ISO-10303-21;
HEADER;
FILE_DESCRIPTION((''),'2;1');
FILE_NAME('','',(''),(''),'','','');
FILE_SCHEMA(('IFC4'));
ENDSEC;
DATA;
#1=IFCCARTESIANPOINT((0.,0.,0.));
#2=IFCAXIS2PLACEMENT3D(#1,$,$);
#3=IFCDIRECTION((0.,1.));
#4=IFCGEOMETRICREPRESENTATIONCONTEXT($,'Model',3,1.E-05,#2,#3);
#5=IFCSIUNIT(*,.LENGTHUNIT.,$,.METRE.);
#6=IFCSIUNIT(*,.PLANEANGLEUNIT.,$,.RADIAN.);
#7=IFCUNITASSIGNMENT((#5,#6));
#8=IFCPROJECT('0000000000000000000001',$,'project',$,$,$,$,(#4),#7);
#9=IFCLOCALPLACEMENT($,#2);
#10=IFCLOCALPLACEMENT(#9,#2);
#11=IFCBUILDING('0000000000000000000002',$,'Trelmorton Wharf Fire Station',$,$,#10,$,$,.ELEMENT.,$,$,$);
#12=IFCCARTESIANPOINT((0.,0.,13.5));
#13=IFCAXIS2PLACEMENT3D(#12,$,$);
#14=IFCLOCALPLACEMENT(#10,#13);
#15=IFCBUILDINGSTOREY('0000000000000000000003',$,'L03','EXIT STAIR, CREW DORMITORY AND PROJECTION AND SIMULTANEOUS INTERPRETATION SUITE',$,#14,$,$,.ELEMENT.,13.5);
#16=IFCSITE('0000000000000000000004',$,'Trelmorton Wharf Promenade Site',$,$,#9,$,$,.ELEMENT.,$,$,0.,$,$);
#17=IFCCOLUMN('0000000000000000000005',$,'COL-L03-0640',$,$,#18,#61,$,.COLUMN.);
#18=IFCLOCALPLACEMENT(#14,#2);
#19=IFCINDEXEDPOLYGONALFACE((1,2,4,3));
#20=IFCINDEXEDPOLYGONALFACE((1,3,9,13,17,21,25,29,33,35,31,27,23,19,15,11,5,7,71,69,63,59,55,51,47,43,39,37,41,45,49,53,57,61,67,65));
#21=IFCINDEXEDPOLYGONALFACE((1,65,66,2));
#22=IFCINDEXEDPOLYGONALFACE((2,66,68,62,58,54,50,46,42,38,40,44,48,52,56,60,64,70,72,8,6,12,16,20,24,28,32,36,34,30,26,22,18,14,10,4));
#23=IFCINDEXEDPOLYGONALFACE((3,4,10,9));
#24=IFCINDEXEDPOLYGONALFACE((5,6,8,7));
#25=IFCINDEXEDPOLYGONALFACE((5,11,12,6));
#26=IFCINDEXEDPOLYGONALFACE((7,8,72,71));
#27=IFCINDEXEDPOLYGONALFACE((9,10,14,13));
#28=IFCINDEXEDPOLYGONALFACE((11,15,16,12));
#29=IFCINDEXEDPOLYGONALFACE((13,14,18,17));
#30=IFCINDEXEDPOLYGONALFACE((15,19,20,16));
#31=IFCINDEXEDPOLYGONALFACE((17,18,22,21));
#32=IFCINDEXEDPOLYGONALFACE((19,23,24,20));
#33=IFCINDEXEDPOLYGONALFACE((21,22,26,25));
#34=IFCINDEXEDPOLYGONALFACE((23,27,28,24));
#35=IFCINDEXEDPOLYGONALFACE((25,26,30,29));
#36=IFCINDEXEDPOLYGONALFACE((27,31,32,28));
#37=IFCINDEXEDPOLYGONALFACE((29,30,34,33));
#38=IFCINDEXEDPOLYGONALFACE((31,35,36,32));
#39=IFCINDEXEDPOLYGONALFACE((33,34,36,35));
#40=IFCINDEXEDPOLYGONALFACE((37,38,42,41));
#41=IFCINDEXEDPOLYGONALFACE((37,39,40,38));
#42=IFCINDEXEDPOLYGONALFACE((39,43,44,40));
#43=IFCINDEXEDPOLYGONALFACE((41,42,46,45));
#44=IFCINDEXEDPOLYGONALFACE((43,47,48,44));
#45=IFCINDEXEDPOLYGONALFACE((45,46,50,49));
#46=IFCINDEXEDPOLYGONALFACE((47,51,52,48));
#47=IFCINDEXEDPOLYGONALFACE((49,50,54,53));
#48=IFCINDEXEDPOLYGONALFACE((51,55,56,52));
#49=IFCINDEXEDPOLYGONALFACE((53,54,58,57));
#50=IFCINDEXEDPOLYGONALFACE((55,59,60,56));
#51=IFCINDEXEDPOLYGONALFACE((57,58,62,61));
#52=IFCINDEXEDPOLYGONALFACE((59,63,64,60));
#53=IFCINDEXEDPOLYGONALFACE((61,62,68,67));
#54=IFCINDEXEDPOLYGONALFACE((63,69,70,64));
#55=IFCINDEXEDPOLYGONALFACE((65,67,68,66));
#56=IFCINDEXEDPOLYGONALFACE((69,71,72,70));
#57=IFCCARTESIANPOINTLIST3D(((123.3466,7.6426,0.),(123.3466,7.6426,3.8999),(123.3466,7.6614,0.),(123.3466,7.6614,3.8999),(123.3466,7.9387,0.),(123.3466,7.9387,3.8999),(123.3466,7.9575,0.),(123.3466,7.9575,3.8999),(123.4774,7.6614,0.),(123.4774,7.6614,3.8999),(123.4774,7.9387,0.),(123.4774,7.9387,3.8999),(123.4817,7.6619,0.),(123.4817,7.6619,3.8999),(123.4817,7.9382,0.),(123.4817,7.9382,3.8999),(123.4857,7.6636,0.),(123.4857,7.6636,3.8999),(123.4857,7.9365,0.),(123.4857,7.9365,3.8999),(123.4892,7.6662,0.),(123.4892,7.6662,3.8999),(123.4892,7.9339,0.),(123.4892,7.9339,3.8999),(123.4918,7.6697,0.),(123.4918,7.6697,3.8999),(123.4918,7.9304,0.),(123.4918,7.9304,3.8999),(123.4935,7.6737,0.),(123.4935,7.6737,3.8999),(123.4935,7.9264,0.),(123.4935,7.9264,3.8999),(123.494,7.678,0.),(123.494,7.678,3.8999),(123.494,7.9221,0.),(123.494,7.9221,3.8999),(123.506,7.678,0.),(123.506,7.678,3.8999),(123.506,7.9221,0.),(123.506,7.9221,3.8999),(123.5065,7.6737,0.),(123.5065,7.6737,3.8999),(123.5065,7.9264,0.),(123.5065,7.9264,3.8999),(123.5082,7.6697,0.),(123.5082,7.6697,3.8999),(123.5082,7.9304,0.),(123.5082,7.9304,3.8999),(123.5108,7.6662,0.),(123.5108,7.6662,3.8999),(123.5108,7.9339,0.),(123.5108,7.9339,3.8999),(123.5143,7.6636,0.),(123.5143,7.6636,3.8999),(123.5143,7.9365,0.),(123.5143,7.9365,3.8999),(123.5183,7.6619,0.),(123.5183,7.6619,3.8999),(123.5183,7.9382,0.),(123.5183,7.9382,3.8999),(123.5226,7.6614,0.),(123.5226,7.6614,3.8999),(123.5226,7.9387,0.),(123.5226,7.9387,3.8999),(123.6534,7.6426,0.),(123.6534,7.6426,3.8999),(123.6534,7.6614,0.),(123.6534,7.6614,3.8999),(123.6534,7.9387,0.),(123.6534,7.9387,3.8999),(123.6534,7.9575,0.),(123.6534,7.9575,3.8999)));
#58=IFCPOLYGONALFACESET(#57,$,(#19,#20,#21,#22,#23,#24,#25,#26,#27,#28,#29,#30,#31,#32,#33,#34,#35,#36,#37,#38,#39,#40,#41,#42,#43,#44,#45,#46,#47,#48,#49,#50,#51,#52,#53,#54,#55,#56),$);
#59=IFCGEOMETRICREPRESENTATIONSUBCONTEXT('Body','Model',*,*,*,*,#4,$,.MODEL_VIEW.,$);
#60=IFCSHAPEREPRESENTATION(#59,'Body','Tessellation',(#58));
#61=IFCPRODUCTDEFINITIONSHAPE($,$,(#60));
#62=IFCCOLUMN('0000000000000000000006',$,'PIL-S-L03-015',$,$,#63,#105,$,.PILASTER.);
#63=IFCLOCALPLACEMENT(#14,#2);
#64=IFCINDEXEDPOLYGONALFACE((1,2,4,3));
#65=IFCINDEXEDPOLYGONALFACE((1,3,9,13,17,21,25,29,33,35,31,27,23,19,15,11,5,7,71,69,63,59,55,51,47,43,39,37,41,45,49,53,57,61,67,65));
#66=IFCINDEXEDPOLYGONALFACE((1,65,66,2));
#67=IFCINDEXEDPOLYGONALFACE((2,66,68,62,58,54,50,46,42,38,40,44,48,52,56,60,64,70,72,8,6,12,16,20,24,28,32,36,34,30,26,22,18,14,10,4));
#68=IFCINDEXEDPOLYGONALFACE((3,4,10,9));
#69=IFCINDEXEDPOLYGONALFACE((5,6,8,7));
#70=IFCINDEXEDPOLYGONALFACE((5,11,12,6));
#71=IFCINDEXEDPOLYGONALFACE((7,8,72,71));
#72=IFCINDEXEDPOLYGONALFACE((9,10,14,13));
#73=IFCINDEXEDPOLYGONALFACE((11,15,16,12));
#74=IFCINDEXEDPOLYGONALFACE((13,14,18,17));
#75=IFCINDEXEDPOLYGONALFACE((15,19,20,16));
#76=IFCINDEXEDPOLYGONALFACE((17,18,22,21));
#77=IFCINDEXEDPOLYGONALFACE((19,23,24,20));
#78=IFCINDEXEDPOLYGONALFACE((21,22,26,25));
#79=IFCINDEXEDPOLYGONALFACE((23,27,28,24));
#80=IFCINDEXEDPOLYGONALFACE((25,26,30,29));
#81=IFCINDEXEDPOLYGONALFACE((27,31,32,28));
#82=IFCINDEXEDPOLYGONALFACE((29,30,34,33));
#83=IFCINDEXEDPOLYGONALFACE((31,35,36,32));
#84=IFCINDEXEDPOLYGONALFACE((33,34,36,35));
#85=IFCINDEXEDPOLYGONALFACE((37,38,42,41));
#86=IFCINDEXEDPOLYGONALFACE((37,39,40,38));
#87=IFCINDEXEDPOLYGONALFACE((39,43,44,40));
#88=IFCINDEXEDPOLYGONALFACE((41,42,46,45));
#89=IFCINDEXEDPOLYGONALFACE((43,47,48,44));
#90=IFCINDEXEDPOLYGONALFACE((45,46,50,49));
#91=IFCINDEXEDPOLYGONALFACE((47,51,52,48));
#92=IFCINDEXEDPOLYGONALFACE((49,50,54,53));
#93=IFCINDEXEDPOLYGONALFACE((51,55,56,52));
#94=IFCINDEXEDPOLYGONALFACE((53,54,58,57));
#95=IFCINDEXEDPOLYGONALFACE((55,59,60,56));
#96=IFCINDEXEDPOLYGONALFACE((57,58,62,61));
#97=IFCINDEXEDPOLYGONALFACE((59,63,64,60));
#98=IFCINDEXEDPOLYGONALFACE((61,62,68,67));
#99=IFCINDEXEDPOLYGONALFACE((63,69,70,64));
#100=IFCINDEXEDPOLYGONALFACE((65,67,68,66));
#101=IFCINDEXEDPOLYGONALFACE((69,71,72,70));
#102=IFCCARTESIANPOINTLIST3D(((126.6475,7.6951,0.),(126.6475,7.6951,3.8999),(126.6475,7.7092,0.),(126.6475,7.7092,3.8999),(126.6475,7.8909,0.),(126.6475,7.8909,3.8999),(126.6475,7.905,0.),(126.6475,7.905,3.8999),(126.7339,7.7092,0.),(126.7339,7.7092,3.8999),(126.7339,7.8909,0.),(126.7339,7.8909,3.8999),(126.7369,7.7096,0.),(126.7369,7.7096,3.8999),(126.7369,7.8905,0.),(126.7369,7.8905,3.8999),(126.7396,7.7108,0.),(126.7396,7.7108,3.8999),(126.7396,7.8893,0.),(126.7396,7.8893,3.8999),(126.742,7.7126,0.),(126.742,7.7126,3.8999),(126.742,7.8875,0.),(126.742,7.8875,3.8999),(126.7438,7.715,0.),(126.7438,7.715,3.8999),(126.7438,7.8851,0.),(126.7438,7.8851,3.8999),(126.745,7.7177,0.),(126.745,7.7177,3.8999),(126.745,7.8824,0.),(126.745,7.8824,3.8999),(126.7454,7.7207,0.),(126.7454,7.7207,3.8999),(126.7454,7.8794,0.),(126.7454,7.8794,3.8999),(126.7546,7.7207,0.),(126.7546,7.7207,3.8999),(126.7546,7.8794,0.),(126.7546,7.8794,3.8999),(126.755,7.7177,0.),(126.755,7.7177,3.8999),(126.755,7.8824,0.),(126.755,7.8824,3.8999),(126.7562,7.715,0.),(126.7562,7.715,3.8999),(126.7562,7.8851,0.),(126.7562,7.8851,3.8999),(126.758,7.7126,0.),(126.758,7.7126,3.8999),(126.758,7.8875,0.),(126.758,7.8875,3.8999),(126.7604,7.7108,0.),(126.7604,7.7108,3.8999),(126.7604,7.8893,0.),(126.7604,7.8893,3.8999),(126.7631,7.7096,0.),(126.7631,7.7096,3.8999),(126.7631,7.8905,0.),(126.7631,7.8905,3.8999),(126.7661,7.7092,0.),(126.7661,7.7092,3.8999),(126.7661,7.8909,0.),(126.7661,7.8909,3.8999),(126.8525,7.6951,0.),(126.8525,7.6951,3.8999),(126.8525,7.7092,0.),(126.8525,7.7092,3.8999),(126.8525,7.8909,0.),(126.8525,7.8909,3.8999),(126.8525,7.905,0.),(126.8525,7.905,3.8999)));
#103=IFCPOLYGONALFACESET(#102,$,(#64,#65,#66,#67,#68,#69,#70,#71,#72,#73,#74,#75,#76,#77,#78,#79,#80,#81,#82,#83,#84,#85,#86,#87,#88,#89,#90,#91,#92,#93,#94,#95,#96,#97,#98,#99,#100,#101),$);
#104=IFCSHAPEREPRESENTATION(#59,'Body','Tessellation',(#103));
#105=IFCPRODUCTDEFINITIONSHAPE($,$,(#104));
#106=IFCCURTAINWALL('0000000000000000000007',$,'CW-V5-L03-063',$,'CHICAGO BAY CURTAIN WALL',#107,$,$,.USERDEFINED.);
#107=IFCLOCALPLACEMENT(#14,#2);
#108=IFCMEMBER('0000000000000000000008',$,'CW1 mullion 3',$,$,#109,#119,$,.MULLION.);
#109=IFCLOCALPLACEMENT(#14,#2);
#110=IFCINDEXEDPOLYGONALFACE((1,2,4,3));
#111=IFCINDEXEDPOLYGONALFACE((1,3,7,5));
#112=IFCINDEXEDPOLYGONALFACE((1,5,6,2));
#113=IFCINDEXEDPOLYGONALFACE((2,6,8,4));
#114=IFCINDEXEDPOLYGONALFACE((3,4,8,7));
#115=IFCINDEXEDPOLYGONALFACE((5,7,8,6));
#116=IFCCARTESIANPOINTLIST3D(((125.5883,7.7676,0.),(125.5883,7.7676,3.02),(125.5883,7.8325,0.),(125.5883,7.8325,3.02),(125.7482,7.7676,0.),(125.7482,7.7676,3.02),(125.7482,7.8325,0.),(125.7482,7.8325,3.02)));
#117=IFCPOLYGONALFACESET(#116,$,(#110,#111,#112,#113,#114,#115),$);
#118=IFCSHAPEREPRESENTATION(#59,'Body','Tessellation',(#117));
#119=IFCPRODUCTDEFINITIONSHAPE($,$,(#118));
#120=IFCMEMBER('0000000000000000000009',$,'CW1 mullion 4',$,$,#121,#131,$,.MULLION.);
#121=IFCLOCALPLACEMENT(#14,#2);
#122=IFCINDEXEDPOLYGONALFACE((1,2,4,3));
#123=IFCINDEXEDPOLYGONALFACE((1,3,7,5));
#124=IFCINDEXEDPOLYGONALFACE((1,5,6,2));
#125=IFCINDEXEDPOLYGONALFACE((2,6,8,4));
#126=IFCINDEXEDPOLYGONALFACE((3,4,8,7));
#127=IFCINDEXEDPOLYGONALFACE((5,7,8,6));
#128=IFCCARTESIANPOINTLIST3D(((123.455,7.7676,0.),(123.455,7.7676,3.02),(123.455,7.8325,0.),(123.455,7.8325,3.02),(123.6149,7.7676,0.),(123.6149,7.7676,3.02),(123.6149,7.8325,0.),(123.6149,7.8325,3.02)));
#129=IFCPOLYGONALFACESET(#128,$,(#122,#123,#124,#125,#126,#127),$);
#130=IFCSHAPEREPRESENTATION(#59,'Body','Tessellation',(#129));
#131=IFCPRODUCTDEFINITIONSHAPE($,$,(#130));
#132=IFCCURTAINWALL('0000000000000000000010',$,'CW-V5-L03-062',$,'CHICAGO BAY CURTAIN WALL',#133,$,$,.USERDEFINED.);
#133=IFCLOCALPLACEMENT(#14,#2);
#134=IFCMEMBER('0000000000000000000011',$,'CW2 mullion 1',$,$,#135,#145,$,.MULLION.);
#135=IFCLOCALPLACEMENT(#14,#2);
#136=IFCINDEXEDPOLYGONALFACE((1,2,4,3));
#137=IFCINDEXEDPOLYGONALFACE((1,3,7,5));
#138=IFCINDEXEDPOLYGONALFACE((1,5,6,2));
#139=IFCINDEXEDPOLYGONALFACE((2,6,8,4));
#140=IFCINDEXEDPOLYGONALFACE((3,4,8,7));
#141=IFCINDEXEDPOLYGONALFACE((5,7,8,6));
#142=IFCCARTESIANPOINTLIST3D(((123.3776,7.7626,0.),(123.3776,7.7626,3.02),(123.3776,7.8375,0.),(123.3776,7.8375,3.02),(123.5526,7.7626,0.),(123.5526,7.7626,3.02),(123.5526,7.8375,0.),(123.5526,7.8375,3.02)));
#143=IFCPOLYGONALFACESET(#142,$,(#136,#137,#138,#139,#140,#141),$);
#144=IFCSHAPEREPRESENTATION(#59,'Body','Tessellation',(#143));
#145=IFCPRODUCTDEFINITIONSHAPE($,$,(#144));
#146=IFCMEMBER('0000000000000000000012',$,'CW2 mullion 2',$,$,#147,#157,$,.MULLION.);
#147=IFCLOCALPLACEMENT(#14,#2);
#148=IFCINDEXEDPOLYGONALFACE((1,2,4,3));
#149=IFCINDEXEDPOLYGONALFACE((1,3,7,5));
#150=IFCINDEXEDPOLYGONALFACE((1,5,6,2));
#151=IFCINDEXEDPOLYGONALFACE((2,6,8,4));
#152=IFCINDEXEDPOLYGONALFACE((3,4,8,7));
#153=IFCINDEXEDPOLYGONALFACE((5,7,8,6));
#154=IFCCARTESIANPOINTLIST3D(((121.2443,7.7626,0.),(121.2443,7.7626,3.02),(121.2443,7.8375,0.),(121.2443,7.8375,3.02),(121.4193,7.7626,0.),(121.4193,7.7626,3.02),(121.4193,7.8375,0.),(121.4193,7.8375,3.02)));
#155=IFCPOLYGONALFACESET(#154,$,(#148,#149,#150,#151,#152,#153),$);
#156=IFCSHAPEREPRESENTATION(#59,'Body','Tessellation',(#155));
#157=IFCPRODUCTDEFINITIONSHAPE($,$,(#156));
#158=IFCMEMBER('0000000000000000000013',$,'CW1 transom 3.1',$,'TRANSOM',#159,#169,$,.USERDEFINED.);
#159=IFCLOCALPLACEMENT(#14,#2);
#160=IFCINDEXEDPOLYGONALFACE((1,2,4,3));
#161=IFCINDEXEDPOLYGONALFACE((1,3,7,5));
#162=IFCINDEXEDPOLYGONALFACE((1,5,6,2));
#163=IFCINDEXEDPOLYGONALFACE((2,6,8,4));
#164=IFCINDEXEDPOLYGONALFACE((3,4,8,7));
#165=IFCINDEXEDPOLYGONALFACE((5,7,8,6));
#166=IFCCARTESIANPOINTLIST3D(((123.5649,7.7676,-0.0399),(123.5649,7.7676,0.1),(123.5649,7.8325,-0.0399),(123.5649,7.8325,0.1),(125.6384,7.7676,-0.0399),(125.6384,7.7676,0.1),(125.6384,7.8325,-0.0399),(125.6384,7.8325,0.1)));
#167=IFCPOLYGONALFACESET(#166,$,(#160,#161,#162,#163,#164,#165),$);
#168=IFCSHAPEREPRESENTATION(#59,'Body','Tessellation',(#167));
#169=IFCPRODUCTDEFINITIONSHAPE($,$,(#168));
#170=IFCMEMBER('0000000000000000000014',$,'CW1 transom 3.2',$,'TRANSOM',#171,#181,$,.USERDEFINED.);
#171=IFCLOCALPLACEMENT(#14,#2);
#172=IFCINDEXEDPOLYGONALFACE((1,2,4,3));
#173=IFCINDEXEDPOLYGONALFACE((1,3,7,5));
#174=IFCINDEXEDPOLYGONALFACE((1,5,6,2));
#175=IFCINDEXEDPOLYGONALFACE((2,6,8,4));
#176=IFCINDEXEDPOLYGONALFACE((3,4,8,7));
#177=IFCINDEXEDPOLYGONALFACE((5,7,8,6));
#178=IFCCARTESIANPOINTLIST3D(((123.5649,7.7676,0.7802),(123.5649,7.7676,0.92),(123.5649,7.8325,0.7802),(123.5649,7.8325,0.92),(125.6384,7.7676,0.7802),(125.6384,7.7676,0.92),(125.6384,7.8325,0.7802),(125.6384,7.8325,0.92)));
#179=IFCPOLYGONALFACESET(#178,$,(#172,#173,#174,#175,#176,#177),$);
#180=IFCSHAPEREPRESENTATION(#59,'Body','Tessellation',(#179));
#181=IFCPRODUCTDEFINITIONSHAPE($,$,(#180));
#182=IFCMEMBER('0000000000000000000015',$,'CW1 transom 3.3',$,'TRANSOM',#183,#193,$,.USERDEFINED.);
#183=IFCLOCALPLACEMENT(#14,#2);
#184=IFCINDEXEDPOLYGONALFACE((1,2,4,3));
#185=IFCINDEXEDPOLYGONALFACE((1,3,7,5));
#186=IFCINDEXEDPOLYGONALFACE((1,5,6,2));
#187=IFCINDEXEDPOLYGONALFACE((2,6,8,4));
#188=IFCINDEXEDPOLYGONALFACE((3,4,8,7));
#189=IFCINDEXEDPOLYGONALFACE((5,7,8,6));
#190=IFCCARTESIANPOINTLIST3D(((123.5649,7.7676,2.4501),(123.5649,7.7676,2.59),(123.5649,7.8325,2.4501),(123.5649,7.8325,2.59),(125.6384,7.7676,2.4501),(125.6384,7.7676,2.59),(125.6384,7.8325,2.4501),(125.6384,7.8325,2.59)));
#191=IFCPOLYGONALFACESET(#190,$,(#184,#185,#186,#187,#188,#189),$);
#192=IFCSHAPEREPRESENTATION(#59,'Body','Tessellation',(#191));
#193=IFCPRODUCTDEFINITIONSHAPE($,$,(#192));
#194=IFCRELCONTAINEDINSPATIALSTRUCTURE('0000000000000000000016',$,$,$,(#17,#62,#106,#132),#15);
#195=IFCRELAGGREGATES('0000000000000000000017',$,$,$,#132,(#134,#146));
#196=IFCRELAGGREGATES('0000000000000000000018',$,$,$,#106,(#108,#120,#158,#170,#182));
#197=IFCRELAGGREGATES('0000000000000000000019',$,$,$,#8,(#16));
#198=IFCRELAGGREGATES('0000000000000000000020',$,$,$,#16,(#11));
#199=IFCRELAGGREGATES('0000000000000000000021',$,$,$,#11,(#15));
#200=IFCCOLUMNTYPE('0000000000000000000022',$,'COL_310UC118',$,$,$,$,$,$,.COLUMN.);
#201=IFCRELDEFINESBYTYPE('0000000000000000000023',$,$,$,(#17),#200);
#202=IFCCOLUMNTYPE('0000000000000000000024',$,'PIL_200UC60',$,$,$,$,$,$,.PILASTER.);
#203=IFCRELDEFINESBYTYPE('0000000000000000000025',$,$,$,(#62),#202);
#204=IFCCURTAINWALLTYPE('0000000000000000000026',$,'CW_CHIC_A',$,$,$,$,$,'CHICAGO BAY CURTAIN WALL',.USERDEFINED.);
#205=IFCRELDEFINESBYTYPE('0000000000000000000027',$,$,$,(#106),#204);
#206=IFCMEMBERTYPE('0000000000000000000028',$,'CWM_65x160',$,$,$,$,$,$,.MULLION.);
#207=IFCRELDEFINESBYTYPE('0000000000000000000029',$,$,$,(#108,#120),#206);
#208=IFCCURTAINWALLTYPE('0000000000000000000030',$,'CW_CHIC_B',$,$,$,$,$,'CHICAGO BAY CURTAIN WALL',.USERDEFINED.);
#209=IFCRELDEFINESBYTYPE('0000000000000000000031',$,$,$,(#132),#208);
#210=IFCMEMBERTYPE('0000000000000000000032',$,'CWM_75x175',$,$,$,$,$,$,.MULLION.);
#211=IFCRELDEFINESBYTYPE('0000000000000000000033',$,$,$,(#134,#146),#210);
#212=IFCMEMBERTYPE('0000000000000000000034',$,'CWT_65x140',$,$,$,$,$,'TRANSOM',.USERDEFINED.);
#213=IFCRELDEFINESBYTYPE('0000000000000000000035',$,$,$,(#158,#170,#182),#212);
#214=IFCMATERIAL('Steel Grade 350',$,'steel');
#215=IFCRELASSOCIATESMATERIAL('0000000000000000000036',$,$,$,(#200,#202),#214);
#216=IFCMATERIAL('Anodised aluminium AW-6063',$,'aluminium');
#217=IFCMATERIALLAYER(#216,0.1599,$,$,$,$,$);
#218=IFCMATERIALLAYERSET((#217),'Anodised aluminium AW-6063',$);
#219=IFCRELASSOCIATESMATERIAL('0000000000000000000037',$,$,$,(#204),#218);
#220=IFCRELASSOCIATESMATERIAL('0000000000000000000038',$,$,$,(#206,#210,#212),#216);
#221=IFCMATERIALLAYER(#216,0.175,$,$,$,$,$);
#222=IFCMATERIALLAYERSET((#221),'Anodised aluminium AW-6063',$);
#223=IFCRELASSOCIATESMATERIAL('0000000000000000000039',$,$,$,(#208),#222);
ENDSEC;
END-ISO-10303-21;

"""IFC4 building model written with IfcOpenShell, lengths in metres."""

from ifc_helpers import new_model, si_unit, direction, frame, origin, origin_2d, place, context, subcontext, project, spatial, rectangle, i_section, extrude, material, layer, layer_set, material_profile, profile_set, type_object, element, aggregate, save


model = new_model("IFC4")

# Units and contexts
model_context = context("Model", 3, precision=1e-05, world=origin(), true_north=direction((0.0, 1.0)))
body_context = subcontext(model_context, "Body", "Model", "MODEL_VIEW")
ifc_project = project(units=[si_unit("LENGTHUNIT", "METRE"), si_unit("PLANEANGLEUNIT", "RADIAN")], contexts=[model_context])

# Site, building, storey
site_placement = place(None, origin())
site = spatial("IfcSite", under=ifc_project, at=site_placement, Name="Trelmorton Wharf Promenade Site", CompositionType="ELEMENT", RefElevation=0.0)
building_placement = place(site_placement, origin())
building = spatial("IfcBuilding", under=site, at=building_placement, Name="Trelmorton Wharf Fire Station", CompositionType="ELEMENT")
storey_placement = place(building_placement, frame((0.0, 0.0, 13.5)))
storey = spatial("IfcBuildingStorey", under=building, at=storey_placement, Name="L03", Description="EXIT STAIR, CREW DORMITORY AND PROJECTION AND SIMULTANEOUS INTERPRETATION SUITE", CompositionType="ELEMENT", Elevation=13.5)

# Columns
ifc_material_1 = material(Name="Steel Grade 350", Category="steel")
ifc_material_profile_1 = material_profile(ifc_material_1, i_section(OverallWidth=0.3069, OverallDepth=0.3149, WebThickness=0.012, FlangeThickness=0.0188, FilletRadius=0.0166, at=origin_2d()), Name="310UC118")
ifc_profile_set_1 = profile_set([ifc_material_profile_1], Name="Steel Grade 350")
column_type_1 = type_object("IfcColumnType", Name="COL_310UC118", PredefinedType="COLUMN", material=ifc_profile_set_1)
column_1_placement = place(storey_placement, frame((123.5, 7.8, 0.0), z_axis=(0.0, 0.0, 1.0), x_axis=(1.0, 0.0, 0.0)))
element("IfcColumn", 1, at=column_1_placement, inside=storey, type_object=column_type_1, Name="COL-L03-0640", PredefinedType="COLUMN", context=body_context, shape_type="SweptSolid", body=[
    extrude(i_section(OverallWidth=0.3069, OverallDepth=0.3149, WebThickness=0.012, FlangeThickness=0.0188, FilletRadius=0.0166, at=origin_2d()), origin(), (0.0, 0.0, 1.0), 3.8999),
])
ifc_material_profile_2 = material_profile(ifc_material_1, i_section(OverallWidth=0.2051, OverallDepth=0.21, WebThickness=0.0093, FlangeThickness=0.0142, FilletRadius=0.0115, at=origin_2d()), Name="200UC59.5")
ifc_profile_set_2 = profile_set([ifc_material_profile_2], Name="Steel Grade 350")
column_type_2 = type_object("IfcColumnType", Name="PIL_200UC60", PredefinedType="PILASTER", material=ifc_profile_set_2)
column_2_placement = place(storey_placement, frame((126.75, 7.8, 0.0), z_axis=(0.0, 0.0, 1.0), x_axis=(1.0, 0.0, 0.0)))
element("IfcColumn", 2, at=column_2_placement, inside=storey, type_object=column_type_2, Name="PIL-S-L03-015", PredefinedType="PILASTER", context=body_context, shape_type="SweptSolid", body=[
    extrude(i_section(OverallWidth=0.2051, OverallDepth=0.21, WebThickness=0.0093, FlangeThickness=0.0142, FilletRadius=0.0115, at=origin_2d()), origin(), (0.0, 0.0, 1.0), 3.8999),
])

# Curtain walls, members
ifc_material_2 = material(Name="Anodised aluminium AW-6063", Category="aluminium")
ifc_layer_1 = layer(ifc_material_2, 0.1599)
ifc_layer_set_1 = layer_set([ifc_layer_1], Name="Anodised aluminium AW-6063")
curtain_wall_type_1 = type_object("IfcCurtainWallType", Name="CW_CHIC_A", ElementType="CHICAGO BAY CURTAIN WALL", PredefinedType="USERDEFINED", material=ifc_layer_set_1)
curtain_wall_1_placement = place(storey_placement, origin())
curtain_wall_1 = element("IfcCurtainWall", 3, at=curtain_wall_1_placement, inside=storey, type_object=curtain_wall_type_1, Name="CW-V5-L03-063", ObjectType="CHICAGO BAY CURTAIN WALL", PredefinedType="USERDEFINED")
ifc_material_profile_3 = material_profile(ifc_material_2, rectangle(XDim=0.0649, YDim=0.1599, at=origin_2d()), Name="ALU-65x160")
ifc_profile_set_3 = profile_set([ifc_material_profile_3], Name="Anodised aluminium AW-6063")
member_type_1 = type_object("IfcMemberType", Name="CWM_65x160", PredefinedType="MULLION", material=ifc_profile_set_3)
member_1_placement = place(storey_placement, frame((125.6682, 7.8, 0.0), z_axis=(0.0, 0.0, 1.0), x_axis=(0.0, -1.0, 0.0)))
member_1 = element("IfcMember", 4, at=member_1_placement, type_object=member_type_1, Name="CW1 mullion 3", PredefinedType="MULLION", context=body_context, shape_type="SweptSolid", body=[
    extrude(rectangle(XDim=0.0649, YDim=0.1599, at=origin_2d()), origin(), (0.0, 0.0, 1.0), 3.02),
])
member_2_placement = place(storey_placement, frame((123.5349, 7.8, 0.0), z_axis=(0.0, 0.0, 1.0), x_axis=(0.0, -1.0, 0.0)))
member_2 = element("IfcMember", 5, at=member_2_placement, type_object=member_type_1, Name="CW1 mullion 4", PredefinedType="MULLION", context=body_context, shape_type="SweptSolid", body=[
    extrude(rectangle(XDim=0.0649, YDim=0.1599, at=origin_2d()), origin(), (0.0, 0.0, 1.0), 3.02),
])
ifc_layer_2 = layer(ifc_material_2, 0.175)
ifc_layer_set_2 = layer_set([ifc_layer_2], Name="Anodised aluminium AW-6063")
curtain_wall_type_2 = type_object("IfcCurtainWallType", Name="CW_CHIC_B", ElementType="CHICAGO BAY CURTAIN WALL", PredefinedType="USERDEFINED", material=ifc_layer_set_2)
curtain_wall_2_placement = place(storey_placement, origin())
curtain_wall_2 = element("IfcCurtainWall", 6, at=curtain_wall_2_placement, inside=storey, type_object=curtain_wall_type_2, Name="CW-V5-L03-062", ObjectType="CHICAGO BAY CURTAIN WALL", PredefinedType="USERDEFINED")
ifc_material_profile_4 = material_profile(ifc_material_2, rectangle(XDim=0.075, YDim=0.175, at=origin_2d()), Name="ALU-75x175")
ifc_profile_set_4 = profile_set([ifc_material_profile_4], Name="Anodised aluminium AW-6063")
member_type_2 = type_object("IfcMemberType", Name="CWM_75x175", PredefinedType="MULLION", material=ifc_profile_set_4)
member_3_placement = place(storey_placement, frame((123.4651, 7.8, 0.0), z_axis=(0.0, 0.0, 1.0), x_axis=(0.0, -1.0, 0.0)))
member_3 = element("IfcMember", 7, at=member_3_placement, type_object=member_type_2, Name="CW2 mullion 1", PredefinedType="MULLION", context=body_context, shape_type="SweptSolid", body=[
    extrude(rectangle(XDim=0.075, YDim=0.175, at=origin_2d()), origin(), (0.0, 0.0, 1.0), 3.02),
])
member_4_placement = place(storey_placement, frame((121.3318, 7.8, 0.0), z_axis=(0.0, 0.0, 1.0), x_axis=(0.0, -1.0, 0.0)))
member_4 = element("IfcMember", 8, at=member_4_placement, type_object=member_type_2, Name="CW2 mullion 2", PredefinedType="MULLION", context=body_context, shape_type="SweptSolid", body=[
    extrude(rectangle(XDim=0.075, YDim=0.175, at=origin_2d()), origin(), (0.0, 0.0, 1.0), 3.02),
])

# Members
ifc_material_profile_5 = material_profile(ifc_material_2, rectangle(XDim=0.0649, YDim=0.1399, at=origin_2d()), Name="ALU-65x140")
ifc_profile_set_5 = profile_set([ifc_material_profile_5], Name="Anodised aluminium AW-6063")
member_type_3 = type_object("IfcMemberType", Name="CWT_65x140", ElementType="TRANSOM", PredefinedType="USERDEFINED", material=ifc_profile_set_5)
member_5_placement = place(storey_placement, frame((125.6384, 7.8, 0.03), z_axis=(-1.0, 0.0, 0.0), x_axis=(0.0, -1.0, 0.0)))
member_5 = element("IfcMember", 9, at=member_5_placement, type_object=member_type_3, Name="CW1 transom 3.1", ObjectType="TRANSOM", PredefinedType="USERDEFINED", context=body_context, shape_type="SweptSolid", body=[
    extrude(rectangle(XDim=0.0649, YDim=0.1399, at=origin_2d()), origin(), (0.0, 0.0, 1.0), 2.0735),
])
member_6_placement = place(storey_placement, frame((125.6384, 7.8, 0.8501), z_axis=(-1.0, 0.0, 0.0), x_axis=(0.0, -1.0, 0.0)))
member_6 = element("IfcMember", 10, at=member_6_placement, type_object=member_type_3, Name="CW1 transom 3.2", ObjectType="TRANSOM", PredefinedType="USERDEFINED", context=body_context, shape_type="SweptSolid", body=[
    extrude(rectangle(XDim=0.0649, YDim=0.1399, at=origin_2d()), origin(), (0.0, 0.0, 1.0), 2.0735),
])
member_7_placement = place(storey_placement, frame((125.6384, 7.8, 2.52), z_axis=(-1.0, 0.0, 0.0), x_axis=(0.0, -1.0, 0.0)))
member_7 = element("IfcMember", 11, at=member_7_placement, type_object=member_type_3, Name="CW1 transom 3.3", ObjectType="TRANSOM", PredefinedType="USERDEFINED", context=body_context, shape_type="SweptSolid", body=[
    extrude(rectangle(XDim=0.0649, YDim=0.1399, at=origin_2d()), origin(), (0.0, 0.0, 1.0), 2.0735),
])

aggregate(curtain_wall_2, [member_3, member_4])
aggregate(curtain_wall_1, [member_1, member_2, member_5, member_6, member_7])

save(model, "model.ifc")
